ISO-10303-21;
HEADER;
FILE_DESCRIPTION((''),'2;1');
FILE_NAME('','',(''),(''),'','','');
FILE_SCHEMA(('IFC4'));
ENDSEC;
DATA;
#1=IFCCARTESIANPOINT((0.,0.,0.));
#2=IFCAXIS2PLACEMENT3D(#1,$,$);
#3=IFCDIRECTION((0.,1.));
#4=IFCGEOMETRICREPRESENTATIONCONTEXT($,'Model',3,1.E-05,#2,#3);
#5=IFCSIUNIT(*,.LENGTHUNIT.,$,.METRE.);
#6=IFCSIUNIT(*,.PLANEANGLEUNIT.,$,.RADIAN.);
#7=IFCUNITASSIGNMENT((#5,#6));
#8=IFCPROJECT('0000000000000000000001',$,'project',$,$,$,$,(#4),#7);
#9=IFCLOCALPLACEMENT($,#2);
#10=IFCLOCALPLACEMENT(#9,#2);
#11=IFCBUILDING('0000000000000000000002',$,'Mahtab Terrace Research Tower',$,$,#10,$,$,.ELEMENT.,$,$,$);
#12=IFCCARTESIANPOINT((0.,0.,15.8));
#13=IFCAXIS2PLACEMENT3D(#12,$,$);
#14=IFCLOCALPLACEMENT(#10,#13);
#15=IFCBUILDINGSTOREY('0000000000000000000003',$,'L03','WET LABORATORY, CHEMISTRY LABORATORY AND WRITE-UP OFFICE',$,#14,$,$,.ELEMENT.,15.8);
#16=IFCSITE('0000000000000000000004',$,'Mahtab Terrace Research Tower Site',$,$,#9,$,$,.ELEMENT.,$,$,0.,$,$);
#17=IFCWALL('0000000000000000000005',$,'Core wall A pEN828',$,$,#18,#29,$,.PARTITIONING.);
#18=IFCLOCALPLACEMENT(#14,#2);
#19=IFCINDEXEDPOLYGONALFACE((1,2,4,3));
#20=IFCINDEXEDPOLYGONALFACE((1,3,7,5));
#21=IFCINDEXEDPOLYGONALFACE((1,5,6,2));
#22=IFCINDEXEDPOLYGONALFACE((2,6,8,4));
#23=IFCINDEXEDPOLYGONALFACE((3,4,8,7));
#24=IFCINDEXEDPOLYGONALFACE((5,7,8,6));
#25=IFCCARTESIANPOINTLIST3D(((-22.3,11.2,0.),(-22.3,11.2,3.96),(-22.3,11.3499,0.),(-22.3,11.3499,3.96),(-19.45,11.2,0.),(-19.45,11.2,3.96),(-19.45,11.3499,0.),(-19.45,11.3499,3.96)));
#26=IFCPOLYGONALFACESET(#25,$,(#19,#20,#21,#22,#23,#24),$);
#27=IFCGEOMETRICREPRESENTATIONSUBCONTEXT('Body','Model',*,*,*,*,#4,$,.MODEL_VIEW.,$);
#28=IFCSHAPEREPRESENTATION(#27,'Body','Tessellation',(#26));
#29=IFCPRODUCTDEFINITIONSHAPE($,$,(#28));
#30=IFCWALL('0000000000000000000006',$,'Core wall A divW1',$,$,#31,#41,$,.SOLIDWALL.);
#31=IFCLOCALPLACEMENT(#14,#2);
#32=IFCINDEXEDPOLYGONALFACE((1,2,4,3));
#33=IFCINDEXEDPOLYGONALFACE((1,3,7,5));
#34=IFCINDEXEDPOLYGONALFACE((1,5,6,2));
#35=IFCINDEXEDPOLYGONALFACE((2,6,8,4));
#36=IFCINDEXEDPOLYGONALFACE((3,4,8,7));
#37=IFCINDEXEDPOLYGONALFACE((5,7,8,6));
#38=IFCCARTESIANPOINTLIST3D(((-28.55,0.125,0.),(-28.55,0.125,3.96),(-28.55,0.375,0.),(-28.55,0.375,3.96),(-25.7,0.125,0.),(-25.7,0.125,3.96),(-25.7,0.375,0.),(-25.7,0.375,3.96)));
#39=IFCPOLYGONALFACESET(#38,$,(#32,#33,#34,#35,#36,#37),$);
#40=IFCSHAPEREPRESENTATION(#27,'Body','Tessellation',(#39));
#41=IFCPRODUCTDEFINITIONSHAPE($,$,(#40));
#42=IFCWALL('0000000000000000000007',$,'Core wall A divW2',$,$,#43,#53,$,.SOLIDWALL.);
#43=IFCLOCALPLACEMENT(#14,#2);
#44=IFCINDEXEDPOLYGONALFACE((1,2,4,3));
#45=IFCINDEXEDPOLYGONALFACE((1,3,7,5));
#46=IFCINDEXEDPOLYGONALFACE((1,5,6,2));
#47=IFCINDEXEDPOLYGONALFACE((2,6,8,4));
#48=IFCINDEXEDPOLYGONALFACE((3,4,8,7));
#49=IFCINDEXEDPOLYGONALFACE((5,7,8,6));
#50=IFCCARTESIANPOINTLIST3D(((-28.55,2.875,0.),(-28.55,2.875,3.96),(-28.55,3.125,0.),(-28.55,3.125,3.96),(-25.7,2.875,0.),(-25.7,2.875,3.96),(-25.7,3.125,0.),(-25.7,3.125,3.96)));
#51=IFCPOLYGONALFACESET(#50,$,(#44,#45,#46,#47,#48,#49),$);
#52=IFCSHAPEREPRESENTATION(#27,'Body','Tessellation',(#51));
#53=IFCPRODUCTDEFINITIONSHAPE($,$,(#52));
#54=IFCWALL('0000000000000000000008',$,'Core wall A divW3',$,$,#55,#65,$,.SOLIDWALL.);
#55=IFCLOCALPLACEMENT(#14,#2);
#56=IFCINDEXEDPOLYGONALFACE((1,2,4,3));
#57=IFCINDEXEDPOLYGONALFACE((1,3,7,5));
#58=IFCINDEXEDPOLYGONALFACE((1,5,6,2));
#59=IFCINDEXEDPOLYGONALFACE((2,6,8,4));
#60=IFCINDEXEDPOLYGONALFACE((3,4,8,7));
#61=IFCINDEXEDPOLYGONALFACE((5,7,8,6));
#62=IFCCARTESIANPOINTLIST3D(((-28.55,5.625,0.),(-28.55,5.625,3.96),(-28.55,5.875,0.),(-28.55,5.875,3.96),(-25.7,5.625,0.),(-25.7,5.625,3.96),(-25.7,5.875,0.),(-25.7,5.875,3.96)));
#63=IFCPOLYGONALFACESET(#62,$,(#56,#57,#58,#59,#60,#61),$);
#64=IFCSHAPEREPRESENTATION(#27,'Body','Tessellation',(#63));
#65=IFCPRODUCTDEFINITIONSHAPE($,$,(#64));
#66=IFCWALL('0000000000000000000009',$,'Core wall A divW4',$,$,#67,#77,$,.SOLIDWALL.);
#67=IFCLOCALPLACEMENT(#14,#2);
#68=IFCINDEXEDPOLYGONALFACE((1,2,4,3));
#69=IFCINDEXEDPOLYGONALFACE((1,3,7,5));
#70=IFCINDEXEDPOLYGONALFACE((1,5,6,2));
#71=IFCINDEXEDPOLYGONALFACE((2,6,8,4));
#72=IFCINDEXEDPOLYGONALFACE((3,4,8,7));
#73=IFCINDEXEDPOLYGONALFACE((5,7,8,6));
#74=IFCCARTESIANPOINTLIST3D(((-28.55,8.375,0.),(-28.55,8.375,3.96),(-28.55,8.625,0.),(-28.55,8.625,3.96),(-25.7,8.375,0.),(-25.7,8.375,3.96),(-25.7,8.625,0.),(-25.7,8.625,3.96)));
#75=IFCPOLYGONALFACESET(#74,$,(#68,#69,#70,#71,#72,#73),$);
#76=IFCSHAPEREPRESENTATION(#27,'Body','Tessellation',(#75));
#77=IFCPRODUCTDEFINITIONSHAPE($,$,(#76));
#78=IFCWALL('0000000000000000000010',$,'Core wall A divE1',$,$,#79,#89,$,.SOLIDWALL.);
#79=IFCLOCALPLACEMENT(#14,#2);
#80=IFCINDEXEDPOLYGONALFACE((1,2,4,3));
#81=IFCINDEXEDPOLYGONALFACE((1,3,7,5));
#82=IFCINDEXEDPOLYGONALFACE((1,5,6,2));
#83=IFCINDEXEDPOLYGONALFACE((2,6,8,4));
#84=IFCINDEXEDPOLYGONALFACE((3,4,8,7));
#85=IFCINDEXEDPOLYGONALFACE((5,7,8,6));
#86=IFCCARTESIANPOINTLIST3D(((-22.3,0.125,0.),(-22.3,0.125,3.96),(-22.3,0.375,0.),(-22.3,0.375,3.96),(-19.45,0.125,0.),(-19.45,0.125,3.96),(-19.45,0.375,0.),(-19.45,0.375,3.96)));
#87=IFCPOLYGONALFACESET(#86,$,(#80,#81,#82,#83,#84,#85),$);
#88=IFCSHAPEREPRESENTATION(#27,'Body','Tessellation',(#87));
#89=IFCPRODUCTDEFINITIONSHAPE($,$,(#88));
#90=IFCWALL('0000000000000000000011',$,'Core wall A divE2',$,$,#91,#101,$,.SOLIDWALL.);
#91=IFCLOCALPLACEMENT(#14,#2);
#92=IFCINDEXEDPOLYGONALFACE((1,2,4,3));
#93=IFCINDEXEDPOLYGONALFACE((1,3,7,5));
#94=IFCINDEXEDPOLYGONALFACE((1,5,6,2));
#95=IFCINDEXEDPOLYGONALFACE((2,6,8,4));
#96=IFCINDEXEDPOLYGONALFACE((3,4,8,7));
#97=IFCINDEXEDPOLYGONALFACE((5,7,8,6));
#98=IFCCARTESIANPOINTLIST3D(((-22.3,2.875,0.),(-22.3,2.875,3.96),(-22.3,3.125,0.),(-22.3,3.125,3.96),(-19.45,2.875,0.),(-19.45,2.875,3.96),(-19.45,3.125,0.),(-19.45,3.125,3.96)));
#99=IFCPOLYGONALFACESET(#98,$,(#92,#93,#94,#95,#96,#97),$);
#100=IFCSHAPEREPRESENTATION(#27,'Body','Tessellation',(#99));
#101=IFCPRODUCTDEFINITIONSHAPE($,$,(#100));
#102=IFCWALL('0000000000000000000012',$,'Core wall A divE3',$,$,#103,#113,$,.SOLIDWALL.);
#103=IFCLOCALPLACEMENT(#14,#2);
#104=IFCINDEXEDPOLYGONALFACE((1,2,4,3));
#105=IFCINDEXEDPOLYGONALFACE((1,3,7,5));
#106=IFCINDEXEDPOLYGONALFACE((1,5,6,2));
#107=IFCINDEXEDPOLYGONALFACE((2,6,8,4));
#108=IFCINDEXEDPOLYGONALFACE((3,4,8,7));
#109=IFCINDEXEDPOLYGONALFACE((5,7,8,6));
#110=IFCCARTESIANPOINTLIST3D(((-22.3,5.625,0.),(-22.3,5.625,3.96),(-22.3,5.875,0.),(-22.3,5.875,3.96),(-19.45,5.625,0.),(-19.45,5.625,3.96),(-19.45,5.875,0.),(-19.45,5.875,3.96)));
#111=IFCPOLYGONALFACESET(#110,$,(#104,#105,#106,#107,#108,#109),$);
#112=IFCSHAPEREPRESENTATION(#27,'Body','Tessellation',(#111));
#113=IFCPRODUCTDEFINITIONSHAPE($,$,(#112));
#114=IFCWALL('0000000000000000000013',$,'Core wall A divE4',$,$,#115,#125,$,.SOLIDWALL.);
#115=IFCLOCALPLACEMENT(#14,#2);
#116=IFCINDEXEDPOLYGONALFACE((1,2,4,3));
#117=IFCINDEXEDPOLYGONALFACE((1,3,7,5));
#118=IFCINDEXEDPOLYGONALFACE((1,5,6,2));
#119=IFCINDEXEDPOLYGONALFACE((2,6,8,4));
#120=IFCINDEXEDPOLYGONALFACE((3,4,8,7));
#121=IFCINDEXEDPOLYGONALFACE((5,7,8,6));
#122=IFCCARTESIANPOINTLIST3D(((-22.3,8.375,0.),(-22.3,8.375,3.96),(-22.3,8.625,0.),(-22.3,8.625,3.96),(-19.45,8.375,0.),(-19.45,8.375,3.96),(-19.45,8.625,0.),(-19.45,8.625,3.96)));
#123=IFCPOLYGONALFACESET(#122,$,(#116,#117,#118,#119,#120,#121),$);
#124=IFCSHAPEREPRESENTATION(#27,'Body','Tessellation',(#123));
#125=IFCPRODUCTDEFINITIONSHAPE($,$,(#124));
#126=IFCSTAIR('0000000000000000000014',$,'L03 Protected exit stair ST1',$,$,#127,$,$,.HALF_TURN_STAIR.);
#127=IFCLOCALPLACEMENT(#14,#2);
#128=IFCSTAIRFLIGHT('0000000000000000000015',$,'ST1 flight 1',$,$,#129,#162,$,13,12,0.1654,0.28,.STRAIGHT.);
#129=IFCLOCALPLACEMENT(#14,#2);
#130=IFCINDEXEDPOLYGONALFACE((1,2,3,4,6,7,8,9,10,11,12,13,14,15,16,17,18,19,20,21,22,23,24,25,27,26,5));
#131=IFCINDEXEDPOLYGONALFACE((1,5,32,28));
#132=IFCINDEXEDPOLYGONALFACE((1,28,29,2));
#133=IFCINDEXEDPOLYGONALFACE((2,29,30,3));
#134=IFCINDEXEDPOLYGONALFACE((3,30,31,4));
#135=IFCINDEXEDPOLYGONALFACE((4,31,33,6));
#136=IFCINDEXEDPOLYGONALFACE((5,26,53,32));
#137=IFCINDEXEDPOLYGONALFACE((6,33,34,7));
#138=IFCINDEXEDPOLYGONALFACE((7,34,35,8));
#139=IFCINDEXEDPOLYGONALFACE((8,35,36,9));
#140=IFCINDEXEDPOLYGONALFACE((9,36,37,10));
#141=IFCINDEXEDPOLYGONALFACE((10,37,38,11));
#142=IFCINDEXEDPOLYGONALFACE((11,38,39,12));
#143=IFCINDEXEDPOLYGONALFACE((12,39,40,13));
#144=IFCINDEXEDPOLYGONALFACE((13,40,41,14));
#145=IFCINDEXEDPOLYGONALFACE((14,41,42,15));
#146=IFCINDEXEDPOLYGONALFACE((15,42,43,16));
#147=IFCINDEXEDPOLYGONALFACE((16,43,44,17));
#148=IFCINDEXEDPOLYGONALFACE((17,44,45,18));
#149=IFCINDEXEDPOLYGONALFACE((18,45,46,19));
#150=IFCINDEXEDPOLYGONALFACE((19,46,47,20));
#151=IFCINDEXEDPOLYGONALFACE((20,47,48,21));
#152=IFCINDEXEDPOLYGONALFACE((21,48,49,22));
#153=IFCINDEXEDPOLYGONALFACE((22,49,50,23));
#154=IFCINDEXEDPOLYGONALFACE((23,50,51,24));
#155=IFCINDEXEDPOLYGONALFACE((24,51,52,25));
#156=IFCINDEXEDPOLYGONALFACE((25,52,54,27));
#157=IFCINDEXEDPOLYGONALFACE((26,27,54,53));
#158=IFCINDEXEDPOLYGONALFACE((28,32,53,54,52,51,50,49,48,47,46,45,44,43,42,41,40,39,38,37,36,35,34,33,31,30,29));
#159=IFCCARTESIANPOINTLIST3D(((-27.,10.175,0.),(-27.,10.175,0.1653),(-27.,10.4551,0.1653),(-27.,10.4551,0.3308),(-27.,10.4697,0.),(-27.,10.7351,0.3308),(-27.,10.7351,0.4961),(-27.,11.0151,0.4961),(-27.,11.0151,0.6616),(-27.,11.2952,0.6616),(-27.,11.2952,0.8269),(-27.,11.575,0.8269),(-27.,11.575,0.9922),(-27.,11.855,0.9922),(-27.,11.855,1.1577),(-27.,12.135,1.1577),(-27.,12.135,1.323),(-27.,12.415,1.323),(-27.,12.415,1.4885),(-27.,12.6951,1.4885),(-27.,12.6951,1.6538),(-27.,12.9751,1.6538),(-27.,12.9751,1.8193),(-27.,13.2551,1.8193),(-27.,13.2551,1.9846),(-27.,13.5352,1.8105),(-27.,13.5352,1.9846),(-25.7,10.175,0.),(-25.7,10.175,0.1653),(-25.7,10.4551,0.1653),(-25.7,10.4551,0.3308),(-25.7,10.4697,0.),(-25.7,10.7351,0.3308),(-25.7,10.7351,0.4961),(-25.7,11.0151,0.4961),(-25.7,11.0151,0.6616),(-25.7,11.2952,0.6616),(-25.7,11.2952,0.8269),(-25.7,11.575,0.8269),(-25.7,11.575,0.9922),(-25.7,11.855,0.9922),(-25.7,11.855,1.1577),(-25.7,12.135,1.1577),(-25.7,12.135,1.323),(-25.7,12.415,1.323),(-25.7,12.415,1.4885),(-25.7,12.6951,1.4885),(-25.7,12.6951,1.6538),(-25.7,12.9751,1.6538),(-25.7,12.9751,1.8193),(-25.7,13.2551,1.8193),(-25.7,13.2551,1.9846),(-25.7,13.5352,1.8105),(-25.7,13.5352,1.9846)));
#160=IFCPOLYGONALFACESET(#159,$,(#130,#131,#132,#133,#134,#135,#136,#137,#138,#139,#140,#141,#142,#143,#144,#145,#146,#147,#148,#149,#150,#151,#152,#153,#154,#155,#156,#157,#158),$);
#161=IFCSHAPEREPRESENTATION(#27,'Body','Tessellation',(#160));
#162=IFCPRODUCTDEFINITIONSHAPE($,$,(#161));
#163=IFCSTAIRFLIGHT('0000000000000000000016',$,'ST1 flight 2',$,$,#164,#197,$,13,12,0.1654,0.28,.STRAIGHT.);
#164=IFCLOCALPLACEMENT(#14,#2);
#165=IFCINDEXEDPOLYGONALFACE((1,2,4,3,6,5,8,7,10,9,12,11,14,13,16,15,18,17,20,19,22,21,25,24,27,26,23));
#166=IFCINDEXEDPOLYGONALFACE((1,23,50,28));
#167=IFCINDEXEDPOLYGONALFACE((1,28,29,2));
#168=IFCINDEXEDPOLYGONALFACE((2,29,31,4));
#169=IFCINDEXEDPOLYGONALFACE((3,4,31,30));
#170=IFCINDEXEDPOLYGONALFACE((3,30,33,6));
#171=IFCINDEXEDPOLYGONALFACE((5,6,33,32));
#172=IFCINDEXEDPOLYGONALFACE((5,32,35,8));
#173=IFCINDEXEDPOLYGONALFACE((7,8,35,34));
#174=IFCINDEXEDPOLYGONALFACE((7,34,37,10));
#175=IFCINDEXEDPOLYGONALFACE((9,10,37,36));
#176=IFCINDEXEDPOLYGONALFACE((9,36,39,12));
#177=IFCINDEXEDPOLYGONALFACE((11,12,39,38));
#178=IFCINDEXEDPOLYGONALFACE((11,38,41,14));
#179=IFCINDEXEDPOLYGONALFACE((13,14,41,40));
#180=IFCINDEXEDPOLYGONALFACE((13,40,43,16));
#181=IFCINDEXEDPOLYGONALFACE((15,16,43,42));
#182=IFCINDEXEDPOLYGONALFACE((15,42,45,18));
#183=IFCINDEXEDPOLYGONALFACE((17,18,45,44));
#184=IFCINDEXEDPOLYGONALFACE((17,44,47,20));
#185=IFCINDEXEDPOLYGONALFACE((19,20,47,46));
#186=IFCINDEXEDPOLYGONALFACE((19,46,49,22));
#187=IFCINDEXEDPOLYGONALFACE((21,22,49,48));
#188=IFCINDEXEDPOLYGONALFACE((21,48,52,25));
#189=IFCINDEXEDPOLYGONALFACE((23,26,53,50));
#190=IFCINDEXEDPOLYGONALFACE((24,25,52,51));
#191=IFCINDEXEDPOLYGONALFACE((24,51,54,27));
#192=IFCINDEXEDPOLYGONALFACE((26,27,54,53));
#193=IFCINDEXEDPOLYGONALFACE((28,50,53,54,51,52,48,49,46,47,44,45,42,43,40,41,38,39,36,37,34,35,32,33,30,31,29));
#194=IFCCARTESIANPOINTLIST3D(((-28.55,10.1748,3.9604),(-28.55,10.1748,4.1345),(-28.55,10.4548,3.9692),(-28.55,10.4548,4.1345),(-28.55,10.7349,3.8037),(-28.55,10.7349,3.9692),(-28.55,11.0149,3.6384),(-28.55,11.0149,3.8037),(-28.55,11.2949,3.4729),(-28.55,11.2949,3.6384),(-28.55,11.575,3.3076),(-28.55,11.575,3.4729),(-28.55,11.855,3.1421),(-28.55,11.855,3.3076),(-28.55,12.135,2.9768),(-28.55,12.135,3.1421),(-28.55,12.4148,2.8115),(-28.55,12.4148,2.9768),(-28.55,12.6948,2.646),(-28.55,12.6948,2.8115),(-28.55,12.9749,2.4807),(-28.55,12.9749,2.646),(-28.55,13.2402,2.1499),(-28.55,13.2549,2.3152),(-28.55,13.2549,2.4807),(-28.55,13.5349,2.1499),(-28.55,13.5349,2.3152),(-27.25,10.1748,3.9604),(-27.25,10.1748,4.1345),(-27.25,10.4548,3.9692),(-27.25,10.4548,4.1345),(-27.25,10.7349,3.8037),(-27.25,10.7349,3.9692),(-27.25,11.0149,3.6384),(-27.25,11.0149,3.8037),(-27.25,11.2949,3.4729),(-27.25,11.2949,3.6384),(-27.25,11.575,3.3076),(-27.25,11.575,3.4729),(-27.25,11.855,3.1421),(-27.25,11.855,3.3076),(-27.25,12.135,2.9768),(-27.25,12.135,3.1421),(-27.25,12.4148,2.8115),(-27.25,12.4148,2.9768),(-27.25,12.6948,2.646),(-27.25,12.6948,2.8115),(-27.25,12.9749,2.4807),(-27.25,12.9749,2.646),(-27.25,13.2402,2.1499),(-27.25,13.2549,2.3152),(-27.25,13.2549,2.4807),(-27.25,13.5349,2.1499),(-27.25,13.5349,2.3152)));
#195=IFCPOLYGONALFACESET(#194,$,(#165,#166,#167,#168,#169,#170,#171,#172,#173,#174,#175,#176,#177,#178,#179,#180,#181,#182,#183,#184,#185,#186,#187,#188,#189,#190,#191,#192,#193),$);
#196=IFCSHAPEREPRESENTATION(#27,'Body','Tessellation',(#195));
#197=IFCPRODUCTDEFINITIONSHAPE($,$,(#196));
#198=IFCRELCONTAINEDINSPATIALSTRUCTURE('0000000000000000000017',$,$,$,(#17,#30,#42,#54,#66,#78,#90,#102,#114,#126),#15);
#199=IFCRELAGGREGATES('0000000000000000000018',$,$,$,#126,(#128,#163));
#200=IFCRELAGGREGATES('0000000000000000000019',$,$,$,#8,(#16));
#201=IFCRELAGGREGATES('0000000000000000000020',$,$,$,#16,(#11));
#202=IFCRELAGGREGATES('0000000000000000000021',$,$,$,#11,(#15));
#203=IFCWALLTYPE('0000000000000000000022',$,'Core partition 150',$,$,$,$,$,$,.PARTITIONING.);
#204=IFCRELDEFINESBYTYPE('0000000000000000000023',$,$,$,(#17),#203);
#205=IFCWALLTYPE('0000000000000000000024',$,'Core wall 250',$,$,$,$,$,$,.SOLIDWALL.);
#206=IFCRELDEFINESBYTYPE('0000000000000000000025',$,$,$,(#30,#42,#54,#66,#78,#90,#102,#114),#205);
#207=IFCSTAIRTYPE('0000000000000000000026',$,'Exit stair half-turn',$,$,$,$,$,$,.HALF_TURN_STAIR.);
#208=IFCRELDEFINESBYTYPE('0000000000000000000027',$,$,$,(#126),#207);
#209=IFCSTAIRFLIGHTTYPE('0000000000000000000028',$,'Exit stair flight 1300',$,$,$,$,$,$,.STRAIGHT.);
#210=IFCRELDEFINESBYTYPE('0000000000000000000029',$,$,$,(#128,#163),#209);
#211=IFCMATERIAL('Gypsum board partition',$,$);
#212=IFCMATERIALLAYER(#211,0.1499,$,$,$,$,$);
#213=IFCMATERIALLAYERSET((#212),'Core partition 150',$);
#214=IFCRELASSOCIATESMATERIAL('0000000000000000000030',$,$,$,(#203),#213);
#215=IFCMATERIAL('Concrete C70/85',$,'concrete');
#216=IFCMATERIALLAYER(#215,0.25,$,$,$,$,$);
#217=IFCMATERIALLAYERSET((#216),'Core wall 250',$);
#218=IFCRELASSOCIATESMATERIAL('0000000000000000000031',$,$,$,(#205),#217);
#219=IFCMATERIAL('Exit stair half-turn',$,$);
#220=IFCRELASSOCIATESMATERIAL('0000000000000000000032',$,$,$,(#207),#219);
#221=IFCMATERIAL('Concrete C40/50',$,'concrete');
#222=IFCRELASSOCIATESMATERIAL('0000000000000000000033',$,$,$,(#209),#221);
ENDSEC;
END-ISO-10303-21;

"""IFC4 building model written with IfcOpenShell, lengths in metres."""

from ifc_helpers import new_model, si_unit, direction, frame, frame_2d, origin, place, context, subcontext, project, spatial, polyline, rectangle, outline, extrude, material, layer, layer_set, type_object, element, aggregate, save


model = new_model("IFC4")

# Units and contexts
model_context = context("Model", 3, precision=1e-05, world=origin(), true_north=direction((0.0, 1.0)))
body_context = subcontext(model_context, "Body", "Model", "MODEL_VIEW")
ifc_project = project(units=[si_unit("LENGTHUNIT", "METRE"), si_unit("PLANEANGLEUNIT", "RADIAN")], contexts=[model_context])

# Site, building, storey
site_placement = place(None, origin())
site = spatial("IfcSite", under=ifc_project, at=site_placement, Name="Mahtab Terrace Research Tower Site", CompositionType="ELEMENT", RefElevation=0.0)
building_placement = place(site_placement, origin())
building = spatial("IfcBuilding", under=site, at=building_placement, Name="Mahtab Terrace Research Tower", CompositionType="ELEMENT")
storey_placement = place(building_placement, frame((0.0, 0.0, 15.8)))
storey = spatial("IfcBuildingStorey", under=building, at=storey_placement, Name="L03", Description="WET LABORATORY, CHEMISTRY LABORATORY AND WRITE-UP OFFICE", CompositionType="ELEMENT", Elevation=15.8)

# Walls
ifc_material_1 = material(Name="Gypsum board partition")
ifc_layer_1 = layer(ifc_material_1, 0.1499)
ifc_layer_set_1 = layer_set([ifc_layer_1], Name="Core partition 150")
wall_type_1 = type_object("IfcWallType", Name="Core partition 150", PredefinedType="PARTITIONING", material=ifc_layer_set_1)
wall_placement = place(storey_placement, frame((-22.3, 11.2749, 0.0), z_axis=(0.0, 0.0, 1.0), x_axis=(1.0, 0.0, 0.0)))
element("IfcWall", 1, at=wall_placement, inside=storey, type_object=wall_type_1, Name="Core wall A pEN828", PredefinedType="PARTITIONING", context=body_context, shape_type="SweptSolid", body=[
    extrude(rectangle(XDim=2.8501, YDim=0.1499, at=frame_2d((1.425, 0.0))), origin(), (0.0, 0.0, 1.0), 3.96),
])
ifc_material_2 = material(Name="Concrete C70/85", Category="concrete")
ifc_layer_2 = layer(ifc_material_2, 0.25)
ifc_layer_set_2 = layer_set([ifc_layer_2], Name="Core wall 250")
wall_type_2 = type_object("IfcWallType", Name="Core wall 250", PredefinedType="SOLIDWALL", material=ifc_layer_set_2)
for number, where, z_axis, x_axis, name in (
    (2, (-28.55, 0.25, 0.0), (0.0, 0.0, 1.0), (1.0, 0.0, 0.0), "Core wall A divW1"),
    (3, (-28.55, 3.0, 0.0), (0.0, 0.0, 1.0), (1.0, 0.0, 0.0), "Core wall A divW2"),
    (4, (-28.55, 5.75, 0.0), (0.0, 0.0, 1.0), (1.0, 0.0, 0.0), "Core wall A divW3"),
    (5, (-28.55, 8.5, 0.0), (0.0, 0.0, 1.0), (1.0, 0.0, 0.0), "Core wall A divW4"),
    (6, (-22.3, 0.25, 0.0), (0.0, 0.0, 1.0), (1.0, 0.0, 0.0), "Core wall A divE1"),
    (7, (-22.3, 3.0, 0.0), (0.0, 0.0, 1.0), (1.0, 0.0, 0.0), "Core wall A divE2"),
    (8, (-22.3, 5.75, 0.0), (0.0, 0.0, 1.0), (1.0, 0.0, 0.0), "Core wall A divE3"),
    (9, (-22.3, 8.5, 0.0), (0.0, 0.0, 1.0), (1.0, 0.0, 0.0), "Core wall A divE4"),
):
    element("IfcWall", number, at=place(storey_placement, frame(where, z_axis=z_axis, x_axis=x_axis)), inside=storey, type_object=wall_type_2, Name=name, PredefinedType="SOLIDWALL", context=body_context, shape_type="SweptSolid", body=[
        extrude(rectangle(XDim=2.8501, YDim=0.25, at=frame_2d((1.425, 0.0))), origin(), (0.0, 0.0, 1.0), 3.96),
    ])

# Stair, stair flights
ifc_material_3 = material(Name="Exit stair half-turn")
stair_type = type_object("IfcStairType", Name="Exit stair half-turn", PredefinedType="HALF_TURN_STAIR", material=ifc_material_3)
stair_placement = place(storey_placement, origin())
stair = element("IfcStair", 10, at=stair_placement, inside=storey, type_object=stair_type, Name="L03 Protected exit stair ST1", PredefinedType="HALF_TURN_STAIR")
ifc_material_4 = material(Name="Concrete C40/50", Category="concrete")
stair_flight_type = type_object("IfcStairFlightType", Name="Exit stair flight 1300", PredefinedType="STRAIGHT", material=ifc_material_4)
stair_flight_1_placement = place(storey_placement, frame((-26.3501, 10.175, 0.0), z_axis=(0.0, 0.0, 1.0), x_axis=(0.0, 1.0, 0.0)))
stair_flight_1 = element("IfcStairFlight", 11, at=stair_flight_1_placement, type_object=stair_flight_type, Name="ST1 flight 1", NumberOfRisers=13, NumberOfTreads=12, PredefinedType="STRAIGHT", RiserHeight=0.1654, TreadLength=0.28, context=body_context, shape_type="SweptSolid", body=[
    extrude(outline(polyline([(0.0, 0.0), (0.0, 0.1653), (0.28, 0.1653), (0.28, 0.3308), (0.5601, 0.3308), (0.5601, 0.4961), (0.8401, 0.4961), (0.8401, 0.6616), (1.1201, 0.6616), (1.1201, 0.8269), (1.3999, 0.8269), (1.3999, 0.9922), (1.6799, 0.9922), (1.6799, 1.1577), (1.96, 1.1577), (1.96, 1.323), (2.24, 1.323), (2.24, 1.4885), (2.52, 1.4885), (2.52, 1.6538), (2.8, 1.6538), (2.8, 1.8193), (3.0801, 1.8193), (3.0801, 1.9846), (3.3601, 1.9846), (3.3601, 2.1499), (3.3601, 1.8105), (0.2947, 0.0), (0.0, 0.0)])), frame((0.0, 0.6499, 0.0), z_axis=(0.0, -1.0, 0.0), x_axis=(1.0, 0.0, 0.0)), (0.0, 0.0, 1.0), 1.3),
])
stair_flight_2_placement = place(storey_placement, frame((-27.8999, 13.5349, 2.1499), z_axis=(0.0, 0.0, 1.0), x_axis=(0.0, -1.0, 0.0)))
stair_flight_2 = element("IfcStairFlight", 12, at=stair_flight_2_placement, type_object=stair_flight_type, Name="ST1 flight 2", NumberOfRisers=13, NumberOfTreads=12, PredefinedType="STRAIGHT", RiserHeight=0.1654, TreadLength=0.28, context=body_context, shape_type="SweptSolid", body=[
    extrude(outline(polyline([(0.0, 0.0), (0.0, 0.1653), (0.28, 0.1653), (0.28, 0.3308), (0.5601, 0.3308), (0.5601, 0.4961), (0.8401, 0.4961), (0.8401, 0.6616), (1.1201, 0.6616), (1.1201, 0.8269), (1.3999, 0.8269), (1.3999, 0.9922), (1.6799, 0.9922), (1.6799, 1.1577), (1.96, 1.1577), (1.96, 1.323), (2.24, 1.323), (2.24, 1.4885), (2.52, 1.4885), (2.52, 1.6538), (2.8, 1.6538), (2.8, 1.8193), (3.0801, 1.8193), (3.0801, 1.9846), (3.3601, 1.9846), (3.3601, 2.1499), (3.3601, 1.8105), (0.2947, 0.0), (0.0, 0.0)])), frame((0.0, 0.6499, 0.0), z_axis=(0.0, -1.0, 0.0), x_axis=(1.0, 0.0, 0.0)), (0.0, 0.0, 1.0), 1.3),
])
aggregate(stair, [stair_flight_1, stair_flight_2])

save(model, "model.ifc")
